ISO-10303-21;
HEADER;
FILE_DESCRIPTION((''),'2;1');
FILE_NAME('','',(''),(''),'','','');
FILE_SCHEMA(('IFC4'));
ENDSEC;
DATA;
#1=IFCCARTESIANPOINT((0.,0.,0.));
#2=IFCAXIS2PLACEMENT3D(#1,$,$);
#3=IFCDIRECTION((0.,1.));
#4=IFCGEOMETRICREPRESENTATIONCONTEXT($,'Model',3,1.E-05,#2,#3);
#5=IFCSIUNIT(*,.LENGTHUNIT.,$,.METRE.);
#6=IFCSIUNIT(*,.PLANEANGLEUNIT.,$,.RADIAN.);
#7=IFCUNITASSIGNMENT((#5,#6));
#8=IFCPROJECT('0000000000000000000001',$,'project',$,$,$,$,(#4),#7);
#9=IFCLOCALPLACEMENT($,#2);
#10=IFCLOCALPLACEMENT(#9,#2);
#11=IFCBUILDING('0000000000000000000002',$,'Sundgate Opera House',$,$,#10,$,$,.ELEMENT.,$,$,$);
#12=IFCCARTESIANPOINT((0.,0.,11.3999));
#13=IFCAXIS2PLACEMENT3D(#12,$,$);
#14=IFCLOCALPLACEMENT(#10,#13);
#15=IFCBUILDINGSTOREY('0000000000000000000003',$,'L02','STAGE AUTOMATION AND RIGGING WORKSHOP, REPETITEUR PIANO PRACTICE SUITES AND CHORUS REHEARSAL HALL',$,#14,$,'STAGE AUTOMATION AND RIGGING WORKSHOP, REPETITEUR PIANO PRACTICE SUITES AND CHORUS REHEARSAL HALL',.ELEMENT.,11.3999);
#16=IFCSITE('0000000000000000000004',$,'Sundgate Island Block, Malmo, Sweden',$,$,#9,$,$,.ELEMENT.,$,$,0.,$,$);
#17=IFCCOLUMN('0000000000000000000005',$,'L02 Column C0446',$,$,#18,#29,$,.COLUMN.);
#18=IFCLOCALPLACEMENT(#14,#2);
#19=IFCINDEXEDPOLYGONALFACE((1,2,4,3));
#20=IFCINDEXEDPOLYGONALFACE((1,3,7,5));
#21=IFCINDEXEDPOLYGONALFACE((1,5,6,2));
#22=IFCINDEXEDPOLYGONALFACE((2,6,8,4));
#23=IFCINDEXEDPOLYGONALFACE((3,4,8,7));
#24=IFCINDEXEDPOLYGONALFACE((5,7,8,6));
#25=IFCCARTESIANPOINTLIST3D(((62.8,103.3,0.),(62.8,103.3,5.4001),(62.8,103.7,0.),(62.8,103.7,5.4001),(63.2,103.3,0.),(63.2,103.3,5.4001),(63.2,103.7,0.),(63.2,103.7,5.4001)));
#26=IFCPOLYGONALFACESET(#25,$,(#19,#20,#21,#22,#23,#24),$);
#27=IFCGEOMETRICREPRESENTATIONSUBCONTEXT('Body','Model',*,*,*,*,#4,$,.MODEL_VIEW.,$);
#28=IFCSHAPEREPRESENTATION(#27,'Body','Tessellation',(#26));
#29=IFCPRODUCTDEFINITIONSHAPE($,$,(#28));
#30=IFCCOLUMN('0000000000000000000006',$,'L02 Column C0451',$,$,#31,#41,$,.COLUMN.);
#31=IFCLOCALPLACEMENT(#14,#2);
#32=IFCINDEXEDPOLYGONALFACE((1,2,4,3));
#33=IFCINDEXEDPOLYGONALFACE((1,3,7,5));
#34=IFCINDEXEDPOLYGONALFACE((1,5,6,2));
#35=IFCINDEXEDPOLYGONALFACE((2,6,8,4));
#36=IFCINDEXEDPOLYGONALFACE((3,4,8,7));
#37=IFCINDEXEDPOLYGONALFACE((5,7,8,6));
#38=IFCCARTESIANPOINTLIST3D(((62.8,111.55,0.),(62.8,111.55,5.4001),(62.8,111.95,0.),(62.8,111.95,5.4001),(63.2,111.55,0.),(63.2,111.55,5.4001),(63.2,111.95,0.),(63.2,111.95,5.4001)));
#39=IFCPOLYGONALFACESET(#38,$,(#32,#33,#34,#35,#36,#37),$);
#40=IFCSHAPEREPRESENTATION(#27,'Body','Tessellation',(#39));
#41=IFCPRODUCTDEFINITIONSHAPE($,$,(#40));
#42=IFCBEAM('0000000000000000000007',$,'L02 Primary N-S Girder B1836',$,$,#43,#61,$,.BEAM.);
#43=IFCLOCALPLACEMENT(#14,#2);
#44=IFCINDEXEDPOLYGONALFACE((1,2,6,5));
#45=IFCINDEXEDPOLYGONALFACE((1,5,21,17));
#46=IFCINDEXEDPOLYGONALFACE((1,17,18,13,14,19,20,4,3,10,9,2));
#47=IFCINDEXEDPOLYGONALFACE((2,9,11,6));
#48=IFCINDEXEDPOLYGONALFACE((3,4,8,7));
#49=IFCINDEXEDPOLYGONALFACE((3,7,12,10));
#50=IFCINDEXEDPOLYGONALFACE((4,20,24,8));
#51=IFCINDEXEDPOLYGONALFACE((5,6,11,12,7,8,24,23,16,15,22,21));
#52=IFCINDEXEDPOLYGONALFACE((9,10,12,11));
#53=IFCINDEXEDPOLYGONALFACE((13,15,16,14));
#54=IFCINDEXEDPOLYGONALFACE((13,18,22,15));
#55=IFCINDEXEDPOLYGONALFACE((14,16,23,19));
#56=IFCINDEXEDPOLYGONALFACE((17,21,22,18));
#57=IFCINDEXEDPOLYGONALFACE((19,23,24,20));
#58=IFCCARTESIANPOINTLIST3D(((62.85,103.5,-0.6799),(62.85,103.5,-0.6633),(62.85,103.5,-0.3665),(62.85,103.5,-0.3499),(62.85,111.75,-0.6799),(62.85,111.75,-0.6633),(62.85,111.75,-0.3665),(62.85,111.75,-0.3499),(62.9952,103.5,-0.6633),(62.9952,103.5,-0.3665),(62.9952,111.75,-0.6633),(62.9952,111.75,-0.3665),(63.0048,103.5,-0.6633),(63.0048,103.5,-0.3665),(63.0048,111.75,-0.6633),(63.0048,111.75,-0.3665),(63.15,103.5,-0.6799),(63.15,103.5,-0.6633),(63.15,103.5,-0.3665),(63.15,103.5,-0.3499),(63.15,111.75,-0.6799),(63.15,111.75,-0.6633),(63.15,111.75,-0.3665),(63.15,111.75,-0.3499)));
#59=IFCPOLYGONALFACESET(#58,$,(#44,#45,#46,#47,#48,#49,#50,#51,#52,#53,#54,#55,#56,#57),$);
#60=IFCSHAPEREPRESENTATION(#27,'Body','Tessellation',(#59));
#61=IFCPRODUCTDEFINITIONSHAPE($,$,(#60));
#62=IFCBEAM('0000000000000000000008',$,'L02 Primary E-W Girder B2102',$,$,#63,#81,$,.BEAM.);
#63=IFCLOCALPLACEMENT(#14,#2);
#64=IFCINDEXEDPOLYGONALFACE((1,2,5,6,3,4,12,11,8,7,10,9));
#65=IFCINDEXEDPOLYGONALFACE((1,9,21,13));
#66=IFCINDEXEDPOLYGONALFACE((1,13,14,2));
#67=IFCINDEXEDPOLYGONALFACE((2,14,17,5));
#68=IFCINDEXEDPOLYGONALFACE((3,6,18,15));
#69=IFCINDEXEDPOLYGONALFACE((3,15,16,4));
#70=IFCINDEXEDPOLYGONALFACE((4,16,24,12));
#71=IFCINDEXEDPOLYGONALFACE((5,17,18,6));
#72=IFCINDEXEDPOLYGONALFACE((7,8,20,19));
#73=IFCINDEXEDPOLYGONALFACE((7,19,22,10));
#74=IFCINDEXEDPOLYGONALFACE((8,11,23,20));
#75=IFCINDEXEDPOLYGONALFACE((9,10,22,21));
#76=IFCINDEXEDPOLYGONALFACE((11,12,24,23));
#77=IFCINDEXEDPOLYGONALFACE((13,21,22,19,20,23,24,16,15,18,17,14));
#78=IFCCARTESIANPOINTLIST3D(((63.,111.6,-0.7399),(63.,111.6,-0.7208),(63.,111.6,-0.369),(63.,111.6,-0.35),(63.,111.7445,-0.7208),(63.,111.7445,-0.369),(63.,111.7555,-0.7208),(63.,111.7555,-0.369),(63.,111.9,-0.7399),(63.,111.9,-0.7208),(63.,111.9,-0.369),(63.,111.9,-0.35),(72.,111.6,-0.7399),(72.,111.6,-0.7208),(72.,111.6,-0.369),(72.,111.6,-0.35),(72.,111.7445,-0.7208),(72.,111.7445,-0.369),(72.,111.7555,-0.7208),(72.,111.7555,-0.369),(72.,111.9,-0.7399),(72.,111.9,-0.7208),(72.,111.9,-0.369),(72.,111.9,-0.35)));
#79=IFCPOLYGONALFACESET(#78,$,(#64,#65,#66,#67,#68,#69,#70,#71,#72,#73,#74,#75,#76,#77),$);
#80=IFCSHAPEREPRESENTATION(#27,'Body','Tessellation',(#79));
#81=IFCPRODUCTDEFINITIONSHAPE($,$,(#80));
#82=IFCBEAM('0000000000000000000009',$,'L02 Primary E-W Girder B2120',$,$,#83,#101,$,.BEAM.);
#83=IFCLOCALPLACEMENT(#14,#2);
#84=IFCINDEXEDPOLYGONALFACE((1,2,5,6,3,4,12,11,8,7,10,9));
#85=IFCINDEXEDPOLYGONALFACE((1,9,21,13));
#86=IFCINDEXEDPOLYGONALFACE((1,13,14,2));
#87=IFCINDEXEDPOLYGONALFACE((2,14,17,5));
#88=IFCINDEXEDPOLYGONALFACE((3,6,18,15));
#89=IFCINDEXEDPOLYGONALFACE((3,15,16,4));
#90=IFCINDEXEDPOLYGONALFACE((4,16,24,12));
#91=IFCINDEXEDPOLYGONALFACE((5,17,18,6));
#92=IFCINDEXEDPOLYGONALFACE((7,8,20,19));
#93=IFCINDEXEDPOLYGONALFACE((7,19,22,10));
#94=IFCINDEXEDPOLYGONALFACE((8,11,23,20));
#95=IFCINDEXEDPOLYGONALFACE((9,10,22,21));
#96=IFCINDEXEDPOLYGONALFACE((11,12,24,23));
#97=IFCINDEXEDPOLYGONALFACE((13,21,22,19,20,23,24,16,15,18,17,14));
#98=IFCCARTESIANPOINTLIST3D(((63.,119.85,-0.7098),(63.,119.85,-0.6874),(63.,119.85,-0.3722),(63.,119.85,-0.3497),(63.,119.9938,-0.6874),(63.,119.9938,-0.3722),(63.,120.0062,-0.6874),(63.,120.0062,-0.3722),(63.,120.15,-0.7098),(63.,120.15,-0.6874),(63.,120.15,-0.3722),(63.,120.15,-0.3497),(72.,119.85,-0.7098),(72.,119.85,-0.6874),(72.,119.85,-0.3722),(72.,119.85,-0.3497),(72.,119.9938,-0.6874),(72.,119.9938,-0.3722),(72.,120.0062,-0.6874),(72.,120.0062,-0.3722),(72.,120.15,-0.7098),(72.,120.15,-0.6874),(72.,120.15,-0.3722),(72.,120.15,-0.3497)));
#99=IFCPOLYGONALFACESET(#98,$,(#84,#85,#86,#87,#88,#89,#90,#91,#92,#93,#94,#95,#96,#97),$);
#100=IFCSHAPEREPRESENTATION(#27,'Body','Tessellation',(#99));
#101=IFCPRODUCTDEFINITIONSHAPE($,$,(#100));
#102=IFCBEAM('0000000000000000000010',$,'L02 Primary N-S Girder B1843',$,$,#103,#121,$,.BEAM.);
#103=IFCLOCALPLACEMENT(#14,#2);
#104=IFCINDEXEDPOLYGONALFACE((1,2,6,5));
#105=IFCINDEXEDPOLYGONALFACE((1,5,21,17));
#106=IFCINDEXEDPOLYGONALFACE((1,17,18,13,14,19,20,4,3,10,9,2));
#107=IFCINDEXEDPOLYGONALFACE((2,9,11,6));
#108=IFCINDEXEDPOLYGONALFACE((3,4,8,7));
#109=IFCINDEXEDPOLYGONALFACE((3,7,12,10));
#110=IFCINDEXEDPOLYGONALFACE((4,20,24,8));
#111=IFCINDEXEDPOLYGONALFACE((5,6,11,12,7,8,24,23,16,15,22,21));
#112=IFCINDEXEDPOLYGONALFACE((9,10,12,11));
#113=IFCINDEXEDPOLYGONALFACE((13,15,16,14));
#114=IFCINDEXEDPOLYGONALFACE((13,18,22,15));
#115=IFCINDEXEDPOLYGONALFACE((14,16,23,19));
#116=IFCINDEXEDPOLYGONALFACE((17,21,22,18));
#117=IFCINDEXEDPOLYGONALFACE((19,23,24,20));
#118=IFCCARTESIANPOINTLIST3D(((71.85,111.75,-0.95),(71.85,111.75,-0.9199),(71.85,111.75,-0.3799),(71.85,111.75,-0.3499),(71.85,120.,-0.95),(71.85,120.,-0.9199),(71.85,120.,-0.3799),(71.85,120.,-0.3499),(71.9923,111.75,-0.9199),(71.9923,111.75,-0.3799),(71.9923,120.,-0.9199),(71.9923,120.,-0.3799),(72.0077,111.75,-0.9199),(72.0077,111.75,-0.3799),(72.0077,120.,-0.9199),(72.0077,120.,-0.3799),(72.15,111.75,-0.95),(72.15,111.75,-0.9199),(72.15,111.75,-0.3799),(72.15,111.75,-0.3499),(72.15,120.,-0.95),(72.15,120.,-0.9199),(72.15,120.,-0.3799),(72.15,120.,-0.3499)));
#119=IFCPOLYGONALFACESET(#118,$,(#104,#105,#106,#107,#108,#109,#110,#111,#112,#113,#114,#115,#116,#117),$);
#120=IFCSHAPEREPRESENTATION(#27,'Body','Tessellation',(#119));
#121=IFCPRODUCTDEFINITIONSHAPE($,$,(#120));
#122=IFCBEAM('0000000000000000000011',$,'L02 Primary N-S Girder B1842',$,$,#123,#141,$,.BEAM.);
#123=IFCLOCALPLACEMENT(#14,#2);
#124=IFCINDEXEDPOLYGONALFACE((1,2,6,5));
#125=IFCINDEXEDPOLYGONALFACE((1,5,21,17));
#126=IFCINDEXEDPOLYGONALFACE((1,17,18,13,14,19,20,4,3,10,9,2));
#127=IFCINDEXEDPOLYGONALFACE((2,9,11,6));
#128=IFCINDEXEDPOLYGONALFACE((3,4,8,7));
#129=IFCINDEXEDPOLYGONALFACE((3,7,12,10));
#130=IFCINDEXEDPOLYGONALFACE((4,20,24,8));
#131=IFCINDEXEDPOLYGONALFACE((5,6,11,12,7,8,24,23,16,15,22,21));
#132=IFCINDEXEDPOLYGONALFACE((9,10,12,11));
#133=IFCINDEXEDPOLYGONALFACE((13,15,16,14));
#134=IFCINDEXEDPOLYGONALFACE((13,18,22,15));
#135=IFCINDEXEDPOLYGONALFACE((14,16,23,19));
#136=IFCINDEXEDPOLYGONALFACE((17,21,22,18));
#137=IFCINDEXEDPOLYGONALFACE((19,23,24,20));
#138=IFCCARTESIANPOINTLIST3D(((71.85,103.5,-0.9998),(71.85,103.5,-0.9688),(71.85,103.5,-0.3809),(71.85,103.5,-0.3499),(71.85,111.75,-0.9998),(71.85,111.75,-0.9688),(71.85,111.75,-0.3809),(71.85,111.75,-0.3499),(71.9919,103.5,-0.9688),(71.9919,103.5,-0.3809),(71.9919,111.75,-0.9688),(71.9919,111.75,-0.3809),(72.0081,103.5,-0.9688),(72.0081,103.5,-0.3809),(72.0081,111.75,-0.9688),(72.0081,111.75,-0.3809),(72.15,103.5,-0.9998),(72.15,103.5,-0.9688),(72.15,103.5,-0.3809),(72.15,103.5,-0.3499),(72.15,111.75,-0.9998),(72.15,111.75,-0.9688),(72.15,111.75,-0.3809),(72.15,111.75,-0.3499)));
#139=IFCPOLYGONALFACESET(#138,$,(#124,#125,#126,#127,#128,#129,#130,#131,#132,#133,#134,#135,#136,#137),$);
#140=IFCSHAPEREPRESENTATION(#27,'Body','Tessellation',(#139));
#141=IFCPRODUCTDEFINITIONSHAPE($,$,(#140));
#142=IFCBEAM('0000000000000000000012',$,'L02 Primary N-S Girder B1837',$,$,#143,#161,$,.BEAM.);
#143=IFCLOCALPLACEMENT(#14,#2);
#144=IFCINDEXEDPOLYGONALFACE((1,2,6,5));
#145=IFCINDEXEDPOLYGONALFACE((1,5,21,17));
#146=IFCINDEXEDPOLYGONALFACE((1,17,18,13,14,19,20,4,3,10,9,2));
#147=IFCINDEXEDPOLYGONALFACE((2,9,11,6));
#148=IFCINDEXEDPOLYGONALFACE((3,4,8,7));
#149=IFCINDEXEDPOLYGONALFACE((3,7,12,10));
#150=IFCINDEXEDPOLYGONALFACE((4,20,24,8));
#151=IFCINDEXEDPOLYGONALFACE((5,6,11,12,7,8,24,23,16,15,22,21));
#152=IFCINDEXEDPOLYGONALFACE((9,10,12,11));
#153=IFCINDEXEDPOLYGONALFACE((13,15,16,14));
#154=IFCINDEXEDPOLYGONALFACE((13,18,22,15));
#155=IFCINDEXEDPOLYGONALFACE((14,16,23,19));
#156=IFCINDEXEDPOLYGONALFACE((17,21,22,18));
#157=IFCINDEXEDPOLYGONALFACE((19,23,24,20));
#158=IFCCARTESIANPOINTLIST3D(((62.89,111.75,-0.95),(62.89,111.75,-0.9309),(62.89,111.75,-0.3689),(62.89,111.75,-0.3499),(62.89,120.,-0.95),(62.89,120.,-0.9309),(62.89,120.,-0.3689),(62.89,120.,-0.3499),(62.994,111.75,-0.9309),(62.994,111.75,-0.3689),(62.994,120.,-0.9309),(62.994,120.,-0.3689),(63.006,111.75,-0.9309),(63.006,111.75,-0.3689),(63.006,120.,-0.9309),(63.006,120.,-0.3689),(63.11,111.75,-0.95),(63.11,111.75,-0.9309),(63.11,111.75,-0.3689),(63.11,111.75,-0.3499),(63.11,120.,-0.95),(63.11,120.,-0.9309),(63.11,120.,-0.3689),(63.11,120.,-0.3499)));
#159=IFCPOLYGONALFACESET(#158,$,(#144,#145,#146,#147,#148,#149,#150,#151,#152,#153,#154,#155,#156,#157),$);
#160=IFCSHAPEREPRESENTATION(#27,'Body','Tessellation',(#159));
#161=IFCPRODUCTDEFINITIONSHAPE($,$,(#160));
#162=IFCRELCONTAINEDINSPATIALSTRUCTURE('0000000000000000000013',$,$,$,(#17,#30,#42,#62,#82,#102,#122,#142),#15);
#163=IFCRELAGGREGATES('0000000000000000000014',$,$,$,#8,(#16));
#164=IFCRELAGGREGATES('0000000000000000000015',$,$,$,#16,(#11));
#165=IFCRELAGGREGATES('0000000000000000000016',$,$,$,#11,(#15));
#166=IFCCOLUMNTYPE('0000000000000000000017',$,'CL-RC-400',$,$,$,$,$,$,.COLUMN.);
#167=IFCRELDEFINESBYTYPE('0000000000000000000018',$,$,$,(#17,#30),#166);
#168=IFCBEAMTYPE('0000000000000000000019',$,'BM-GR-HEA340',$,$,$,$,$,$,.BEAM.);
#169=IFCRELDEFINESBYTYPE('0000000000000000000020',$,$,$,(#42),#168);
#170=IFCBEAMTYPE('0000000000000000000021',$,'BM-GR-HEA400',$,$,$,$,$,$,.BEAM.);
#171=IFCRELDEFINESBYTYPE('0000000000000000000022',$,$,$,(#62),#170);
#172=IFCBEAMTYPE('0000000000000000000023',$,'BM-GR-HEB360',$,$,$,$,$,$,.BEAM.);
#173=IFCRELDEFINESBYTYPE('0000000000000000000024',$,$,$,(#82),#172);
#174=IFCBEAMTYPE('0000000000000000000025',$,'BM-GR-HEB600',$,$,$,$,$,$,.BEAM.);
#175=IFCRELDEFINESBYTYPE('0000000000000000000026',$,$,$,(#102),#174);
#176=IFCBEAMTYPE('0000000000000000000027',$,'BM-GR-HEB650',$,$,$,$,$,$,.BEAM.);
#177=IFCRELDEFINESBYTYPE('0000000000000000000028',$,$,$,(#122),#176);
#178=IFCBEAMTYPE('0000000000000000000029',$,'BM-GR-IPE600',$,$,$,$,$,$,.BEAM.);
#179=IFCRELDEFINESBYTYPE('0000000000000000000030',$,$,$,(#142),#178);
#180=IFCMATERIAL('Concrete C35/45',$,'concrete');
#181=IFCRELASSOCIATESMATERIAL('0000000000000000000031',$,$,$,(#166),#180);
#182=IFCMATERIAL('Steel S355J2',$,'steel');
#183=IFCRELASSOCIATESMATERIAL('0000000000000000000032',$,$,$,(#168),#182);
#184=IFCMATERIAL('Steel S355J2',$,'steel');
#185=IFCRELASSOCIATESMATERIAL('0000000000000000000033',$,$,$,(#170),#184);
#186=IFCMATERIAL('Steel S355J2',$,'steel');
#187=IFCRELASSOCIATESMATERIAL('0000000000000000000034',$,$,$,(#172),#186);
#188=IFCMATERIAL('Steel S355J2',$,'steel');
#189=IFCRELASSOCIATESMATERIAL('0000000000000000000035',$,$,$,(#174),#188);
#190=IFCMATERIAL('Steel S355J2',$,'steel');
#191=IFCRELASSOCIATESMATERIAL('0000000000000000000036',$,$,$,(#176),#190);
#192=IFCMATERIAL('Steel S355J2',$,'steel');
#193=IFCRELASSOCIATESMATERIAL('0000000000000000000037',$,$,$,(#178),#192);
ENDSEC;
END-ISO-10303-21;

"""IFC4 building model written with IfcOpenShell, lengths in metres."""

from ifc_helpers import new_model, si_unit, direction, frame, origin, origin_2d, place, context, subcontext, project, spatial, rectangle, i_section, extrude, material, material_profile, profile_set, type_object, element, save


model = new_model("IFC4")

# Units and contexts
model_context = context("Model", 3, precision=1e-05, world=origin(), true_north=direction((0.0, 1.0)))
body_context = subcontext(model_context, "Body", "Model", "MODEL_VIEW")
ifc_project = project(units=[si_unit("LENGTHUNIT", "METRE"), si_unit("PLANEANGLEUNIT", "RADIAN")], contexts=[model_context])

# Site, building, storey
site_placement = place(None, origin())
site = spatial("IfcSite", under=ifc_project, at=site_placement, Name="Sundgate Island Block, Malmo, Sweden", CompositionType="ELEMENT", RefElevation=0.0)
building_placement = place(site_placement, origin())
building = spatial("IfcBuilding", under=site, at=building_placement, Name="Sundgate Opera House", CompositionType="ELEMENT")
storey_placement = place(building_placement, frame((0.0, 0.0, 11.3999)))
storey = spatial("IfcBuildingStorey", under=building, at=storey_placement, Name="L02", Description="STAGE AUTOMATION AND RIGGING WORKSHOP, REPETITEUR PIANO PRACTICE SUITES AND CHORUS REHEARSAL HALL", LongName="STAGE AUTOMATION AND RIGGING WORKSHOP, REPETITEUR PIANO PRACTICE SUITES AND CHORUS REHEARSAL HALL", CompositionType="ELEMENT", Elevation=11.3999)

# Columns
ifc_material_1 = material(Name="Concrete C35/45", Category="concrete")
ifc_material_profile_1 = material_profile(ifc_material_1, rectangle(XDim=0.3999, YDim=0.3999, at=origin_2d()), Name="RC 400x400")
ifc_profile_set_1 = profile_set([ifc_material_profile_1], Name="Concrete C35/45")
column_type = type_object("IfcColumnType", Name="CL-RC-400", PredefinedType="COLUMN", material=ifc_profile_set_1)
for number, where, z_axis, x_axis, name in (
    (1, (63.0, 103.5, 0.0), (0.0, 0.0, 1.0), (1.0, 0.0, 0.0), "L02 Column C0446"),
    (2, (63.0, 111.75, 0.0), (0.0, 0.0, 1.0), (1.0, 0.0, 0.0), "L02 Column C0451"),
):
    element("IfcColumn", number, at=place(storey_placement, frame(where, z_axis=z_axis, x_axis=x_axis)), inside=storey, type_object=column_type, Name=name, PredefinedType="COLUMN", context=body_context, shape_type="SweptSolid", body=[
        extrude(rectangle(XDim=0.3999, YDim=0.3999, at=origin_2d()), origin(), (0.0, 0.0, 1.0), 5.4001),
    ])

# Beams
ifc_material_2 = material(Name="Steel S355J2", Category="steel")
ifc_material_profile_2 = material_profile(ifc_material_2, i_section(OverallWidth=0.3, OverallDepth=0.3301, WebThickness=0.0095, FlangeThickness=0.0166, at=origin_2d()), Name="HEA 340")
ifc_profile_set_2 = profile_set([ifc_material_profile_2], Name="Steel S355J2")
beam_type_1 = type_object("IfcBeamType", Name="BM-GR-HEA340", PredefinedType="BEAM", material=ifc_profile_set_2)
beam_1_placement = place(storey_placement, frame((63.0, 103.5, -0.5149), z_axis=(0.0, 1.0, 0.0), x_axis=(-1.0, 0.0, 0.0)))
element("IfcBeam", 3, at=beam_1_placement, inside=storey, type_object=beam_type_1, Name="L02 Primary N-S Girder B1836", PredefinedType="BEAM", context=body_context, shape_type="SweptSolid", body=[
    extrude(i_section(OverallWidth=0.3, OverallDepth=0.3301, WebThickness=0.0095, FlangeThickness=0.0166, at=origin_2d()), origin(), (0.0, 0.0, 1.0), 8.25),
])
ifc_material_3 = material(Name="Steel S355J2", Category="steel")
ifc_material_profile_3 = material_profile(ifc_material_3, i_section(OverallWidth=0.3, OverallDepth=0.3899, WebThickness=0.011, FlangeThickness=0.019, at=origin_2d()), Name="HEA 400")
ifc_profile_set_3 = profile_set([ifc_material_profile_3], Name="Steel S355J2")
beam_type_2 = type_object("IfcBeamType", Name="BM-GR-HEA400", PredefinedType="BEAM", material=ifc_profile_set_3)
beam_2_placement = place(storey_placement, frame((63.0, 111.75, -0.5449), z_axis=(1.0, 0.0, 0.0), x_axis=(0.0, 1.0, 0.0)))
element("IfcBeam", 4, at=beam_2_placement, inside=storey, type_object=beam_type_2, Name="L02 Primary E-W Girder B2102", PredefinedType="BEAM", context=body_context, shape_type="SweptSolid", body=[
    extrude(i_section(OverallWidth=0.3, OverallDepth=0.3899, WebThickness=0.011, FlangeThickness=0.019, at=origin_2d()), origin(), (0.0, 0.0, 1.0), 9.0),
])
ifc_material_4 = material(Name="Steel S355J2", Category="steel")
ifc_material_profile_4 = material_profile(ifc_material_4, i_section(OverallWidth=0.3, OverallDepth=0.3601, WebThickness=0.0125, FlangeThickness=0.0225, at=origin_2d()), Name="HEB 360")
ifc_profile_set_4 = profile_set([ifc_material_profile_4], Name="Steel S355J2")
beam_type_3 = type_object("IfcBeamType", Name="BM-GR-HEB360", PredefinedType="BEAM", material=ifc_profile_set_4)
beam_3_placement = place(storey_placement, frame((63.0, 120.0, -0.5298), z_axis=(1.0, 0.0, 0.0), x_axis=(0.0, 1.0, 0.0)))
element("IfcBeam", 5, at=beam_3_placement, inside=storey, type_object=beam_type_3, Name="L02 Primary E-W Girder B2120", PredefinedType="BEAM", context=body_context, shape_type="SweptSolid", body=[
    extrude(i_section(OverallWidth=0.3, OverallDepth=0.3601, WebThickness=0.0125, FlangeThickness=0.0225, at=origin_2d()), origin(), (0.0, 0.0, 1.0), 9.0),
])
ifc_material_5 = material(Name="Steel S355J2", Category="steel")
ifc_material_profile_5 = material_profile(ifc_material_5, i_section(OverallWidth=0.3, OverallDepth=0.6001, WebThickness=0.0154, FlangeThickness=0.03, at=origin_2d()), Name="HEB 600")
ifc_profile_set_5 = profile_set([ifc_material_profile_5], Name="Steel S355J2")
beam_type_4 = type_object("IfcBeamType", Name="BM-GR-HEB600", PredefinedType="BEAM", material=ifc_profile_set_5)
beam_4_placement = place(storey_placement, frame((72.0, 111.75, -0.6499), z_axis=(0.0, 1.0, 0.0), x_axis=(-1.0, 0.0, 0.0)))
element("IfcBeam", 6, at=beam_4_placement, inside=storey, type_object=beam_type_4, Name="L02 Primary N-S Girder B1843", PredefinedType="BEAM", context=body_context, shape_type="SweptSolid", body=[
    extrude(i_section(OverallWidth=0.3, OverallDepth=0.6001, WebThickness=0.0154, FlangeThickness=0.03, at=origin_2d()), origin(), (0.0, 0.0, 1.0), 8.25),
])
ifc_material_6 = material(Name="Steel S355J2", Category="steel")
ifc_material_profile_6 = material_profile(ifc_material_6, i_section(OverallWidth=0.3, OverallDepth=0.6499, WebThickness=0.0161, FlangeThickness=0.031, at=origin_2d()), Name="HEB 650")
ifc_profile_set_6 = profile_set([ifc_material_profile_6], Name="Steel S355J2")
beam_type_5 = type_object("IfcBeamType", Name="BM-GR-HEB650", PredefinedType="BEAM", material=ifc_profile_set_6)
beam_5_placement = place(storey_placement, frame((72.0, 103.5, -0.6748), z_axis=(0.0, 1.0, 0.0), x_axis=(-1.0, 0.0, 0.0)))
element("IfcBeam", 7, at=beam_5_placement, inside=storey, type_object=beam_type_5, Name="L02 Primary N-S Girder B1842", PredefinedType="BEAM", context=body_context, shape_type="SweptSolid", body=[
    extrude(i_section(OverallWidth=0.3, OverallDepth=0.6499, WebThickness=0.0161, FlangeThickness=0.031, at=origin_2d()), origin(), (0.0, 0.0, 1.0), 8.25),
])
ifc_material_7 = material(Name="Steel S355J2", Category="steel")
ifc_material_profile_7 = material_profile(ifc_material_7, i_section(OverallWidth=0.22, OverallDepth=0.6001, WebThickness=0.012, FlangeThickness=0.019, at=origin_2d()), Name="IPE 600")
ifc_profile_set_7 = profile_set([ifc_material_profile_7], Name="Steel S355J2")
beam_type_6 = type_object("IfcBeamType", Name="BM-GR-IPE600", PredefinedType="BEAM", material=ifc_profile_set_7)
beam_6_placement = place(storey_placement, frame((63.0, 111.75, -0.6499), z_axis=(0.0, 1.0, 0.0), x_axis=(-1.0, 0.0, 0.0)))
element("IfcBeam", 8, at=beam_6_placement, inside=storey, type_object=beam_type_6, Name="L02 Primary N-S Girder B1837", PredefinedType="BEAM", context=body_context, shape_type="SweptSolid", body=[
    extrude(i_section(OverallWidth=0.22, OverallDepth=0.6001, WebThickness=0.012, FlangeThickness=0.019, at=origin_2d()), origin(), (0.0, 0.0, 1.0), 8.25),
])

save(model, "model.ifc")
